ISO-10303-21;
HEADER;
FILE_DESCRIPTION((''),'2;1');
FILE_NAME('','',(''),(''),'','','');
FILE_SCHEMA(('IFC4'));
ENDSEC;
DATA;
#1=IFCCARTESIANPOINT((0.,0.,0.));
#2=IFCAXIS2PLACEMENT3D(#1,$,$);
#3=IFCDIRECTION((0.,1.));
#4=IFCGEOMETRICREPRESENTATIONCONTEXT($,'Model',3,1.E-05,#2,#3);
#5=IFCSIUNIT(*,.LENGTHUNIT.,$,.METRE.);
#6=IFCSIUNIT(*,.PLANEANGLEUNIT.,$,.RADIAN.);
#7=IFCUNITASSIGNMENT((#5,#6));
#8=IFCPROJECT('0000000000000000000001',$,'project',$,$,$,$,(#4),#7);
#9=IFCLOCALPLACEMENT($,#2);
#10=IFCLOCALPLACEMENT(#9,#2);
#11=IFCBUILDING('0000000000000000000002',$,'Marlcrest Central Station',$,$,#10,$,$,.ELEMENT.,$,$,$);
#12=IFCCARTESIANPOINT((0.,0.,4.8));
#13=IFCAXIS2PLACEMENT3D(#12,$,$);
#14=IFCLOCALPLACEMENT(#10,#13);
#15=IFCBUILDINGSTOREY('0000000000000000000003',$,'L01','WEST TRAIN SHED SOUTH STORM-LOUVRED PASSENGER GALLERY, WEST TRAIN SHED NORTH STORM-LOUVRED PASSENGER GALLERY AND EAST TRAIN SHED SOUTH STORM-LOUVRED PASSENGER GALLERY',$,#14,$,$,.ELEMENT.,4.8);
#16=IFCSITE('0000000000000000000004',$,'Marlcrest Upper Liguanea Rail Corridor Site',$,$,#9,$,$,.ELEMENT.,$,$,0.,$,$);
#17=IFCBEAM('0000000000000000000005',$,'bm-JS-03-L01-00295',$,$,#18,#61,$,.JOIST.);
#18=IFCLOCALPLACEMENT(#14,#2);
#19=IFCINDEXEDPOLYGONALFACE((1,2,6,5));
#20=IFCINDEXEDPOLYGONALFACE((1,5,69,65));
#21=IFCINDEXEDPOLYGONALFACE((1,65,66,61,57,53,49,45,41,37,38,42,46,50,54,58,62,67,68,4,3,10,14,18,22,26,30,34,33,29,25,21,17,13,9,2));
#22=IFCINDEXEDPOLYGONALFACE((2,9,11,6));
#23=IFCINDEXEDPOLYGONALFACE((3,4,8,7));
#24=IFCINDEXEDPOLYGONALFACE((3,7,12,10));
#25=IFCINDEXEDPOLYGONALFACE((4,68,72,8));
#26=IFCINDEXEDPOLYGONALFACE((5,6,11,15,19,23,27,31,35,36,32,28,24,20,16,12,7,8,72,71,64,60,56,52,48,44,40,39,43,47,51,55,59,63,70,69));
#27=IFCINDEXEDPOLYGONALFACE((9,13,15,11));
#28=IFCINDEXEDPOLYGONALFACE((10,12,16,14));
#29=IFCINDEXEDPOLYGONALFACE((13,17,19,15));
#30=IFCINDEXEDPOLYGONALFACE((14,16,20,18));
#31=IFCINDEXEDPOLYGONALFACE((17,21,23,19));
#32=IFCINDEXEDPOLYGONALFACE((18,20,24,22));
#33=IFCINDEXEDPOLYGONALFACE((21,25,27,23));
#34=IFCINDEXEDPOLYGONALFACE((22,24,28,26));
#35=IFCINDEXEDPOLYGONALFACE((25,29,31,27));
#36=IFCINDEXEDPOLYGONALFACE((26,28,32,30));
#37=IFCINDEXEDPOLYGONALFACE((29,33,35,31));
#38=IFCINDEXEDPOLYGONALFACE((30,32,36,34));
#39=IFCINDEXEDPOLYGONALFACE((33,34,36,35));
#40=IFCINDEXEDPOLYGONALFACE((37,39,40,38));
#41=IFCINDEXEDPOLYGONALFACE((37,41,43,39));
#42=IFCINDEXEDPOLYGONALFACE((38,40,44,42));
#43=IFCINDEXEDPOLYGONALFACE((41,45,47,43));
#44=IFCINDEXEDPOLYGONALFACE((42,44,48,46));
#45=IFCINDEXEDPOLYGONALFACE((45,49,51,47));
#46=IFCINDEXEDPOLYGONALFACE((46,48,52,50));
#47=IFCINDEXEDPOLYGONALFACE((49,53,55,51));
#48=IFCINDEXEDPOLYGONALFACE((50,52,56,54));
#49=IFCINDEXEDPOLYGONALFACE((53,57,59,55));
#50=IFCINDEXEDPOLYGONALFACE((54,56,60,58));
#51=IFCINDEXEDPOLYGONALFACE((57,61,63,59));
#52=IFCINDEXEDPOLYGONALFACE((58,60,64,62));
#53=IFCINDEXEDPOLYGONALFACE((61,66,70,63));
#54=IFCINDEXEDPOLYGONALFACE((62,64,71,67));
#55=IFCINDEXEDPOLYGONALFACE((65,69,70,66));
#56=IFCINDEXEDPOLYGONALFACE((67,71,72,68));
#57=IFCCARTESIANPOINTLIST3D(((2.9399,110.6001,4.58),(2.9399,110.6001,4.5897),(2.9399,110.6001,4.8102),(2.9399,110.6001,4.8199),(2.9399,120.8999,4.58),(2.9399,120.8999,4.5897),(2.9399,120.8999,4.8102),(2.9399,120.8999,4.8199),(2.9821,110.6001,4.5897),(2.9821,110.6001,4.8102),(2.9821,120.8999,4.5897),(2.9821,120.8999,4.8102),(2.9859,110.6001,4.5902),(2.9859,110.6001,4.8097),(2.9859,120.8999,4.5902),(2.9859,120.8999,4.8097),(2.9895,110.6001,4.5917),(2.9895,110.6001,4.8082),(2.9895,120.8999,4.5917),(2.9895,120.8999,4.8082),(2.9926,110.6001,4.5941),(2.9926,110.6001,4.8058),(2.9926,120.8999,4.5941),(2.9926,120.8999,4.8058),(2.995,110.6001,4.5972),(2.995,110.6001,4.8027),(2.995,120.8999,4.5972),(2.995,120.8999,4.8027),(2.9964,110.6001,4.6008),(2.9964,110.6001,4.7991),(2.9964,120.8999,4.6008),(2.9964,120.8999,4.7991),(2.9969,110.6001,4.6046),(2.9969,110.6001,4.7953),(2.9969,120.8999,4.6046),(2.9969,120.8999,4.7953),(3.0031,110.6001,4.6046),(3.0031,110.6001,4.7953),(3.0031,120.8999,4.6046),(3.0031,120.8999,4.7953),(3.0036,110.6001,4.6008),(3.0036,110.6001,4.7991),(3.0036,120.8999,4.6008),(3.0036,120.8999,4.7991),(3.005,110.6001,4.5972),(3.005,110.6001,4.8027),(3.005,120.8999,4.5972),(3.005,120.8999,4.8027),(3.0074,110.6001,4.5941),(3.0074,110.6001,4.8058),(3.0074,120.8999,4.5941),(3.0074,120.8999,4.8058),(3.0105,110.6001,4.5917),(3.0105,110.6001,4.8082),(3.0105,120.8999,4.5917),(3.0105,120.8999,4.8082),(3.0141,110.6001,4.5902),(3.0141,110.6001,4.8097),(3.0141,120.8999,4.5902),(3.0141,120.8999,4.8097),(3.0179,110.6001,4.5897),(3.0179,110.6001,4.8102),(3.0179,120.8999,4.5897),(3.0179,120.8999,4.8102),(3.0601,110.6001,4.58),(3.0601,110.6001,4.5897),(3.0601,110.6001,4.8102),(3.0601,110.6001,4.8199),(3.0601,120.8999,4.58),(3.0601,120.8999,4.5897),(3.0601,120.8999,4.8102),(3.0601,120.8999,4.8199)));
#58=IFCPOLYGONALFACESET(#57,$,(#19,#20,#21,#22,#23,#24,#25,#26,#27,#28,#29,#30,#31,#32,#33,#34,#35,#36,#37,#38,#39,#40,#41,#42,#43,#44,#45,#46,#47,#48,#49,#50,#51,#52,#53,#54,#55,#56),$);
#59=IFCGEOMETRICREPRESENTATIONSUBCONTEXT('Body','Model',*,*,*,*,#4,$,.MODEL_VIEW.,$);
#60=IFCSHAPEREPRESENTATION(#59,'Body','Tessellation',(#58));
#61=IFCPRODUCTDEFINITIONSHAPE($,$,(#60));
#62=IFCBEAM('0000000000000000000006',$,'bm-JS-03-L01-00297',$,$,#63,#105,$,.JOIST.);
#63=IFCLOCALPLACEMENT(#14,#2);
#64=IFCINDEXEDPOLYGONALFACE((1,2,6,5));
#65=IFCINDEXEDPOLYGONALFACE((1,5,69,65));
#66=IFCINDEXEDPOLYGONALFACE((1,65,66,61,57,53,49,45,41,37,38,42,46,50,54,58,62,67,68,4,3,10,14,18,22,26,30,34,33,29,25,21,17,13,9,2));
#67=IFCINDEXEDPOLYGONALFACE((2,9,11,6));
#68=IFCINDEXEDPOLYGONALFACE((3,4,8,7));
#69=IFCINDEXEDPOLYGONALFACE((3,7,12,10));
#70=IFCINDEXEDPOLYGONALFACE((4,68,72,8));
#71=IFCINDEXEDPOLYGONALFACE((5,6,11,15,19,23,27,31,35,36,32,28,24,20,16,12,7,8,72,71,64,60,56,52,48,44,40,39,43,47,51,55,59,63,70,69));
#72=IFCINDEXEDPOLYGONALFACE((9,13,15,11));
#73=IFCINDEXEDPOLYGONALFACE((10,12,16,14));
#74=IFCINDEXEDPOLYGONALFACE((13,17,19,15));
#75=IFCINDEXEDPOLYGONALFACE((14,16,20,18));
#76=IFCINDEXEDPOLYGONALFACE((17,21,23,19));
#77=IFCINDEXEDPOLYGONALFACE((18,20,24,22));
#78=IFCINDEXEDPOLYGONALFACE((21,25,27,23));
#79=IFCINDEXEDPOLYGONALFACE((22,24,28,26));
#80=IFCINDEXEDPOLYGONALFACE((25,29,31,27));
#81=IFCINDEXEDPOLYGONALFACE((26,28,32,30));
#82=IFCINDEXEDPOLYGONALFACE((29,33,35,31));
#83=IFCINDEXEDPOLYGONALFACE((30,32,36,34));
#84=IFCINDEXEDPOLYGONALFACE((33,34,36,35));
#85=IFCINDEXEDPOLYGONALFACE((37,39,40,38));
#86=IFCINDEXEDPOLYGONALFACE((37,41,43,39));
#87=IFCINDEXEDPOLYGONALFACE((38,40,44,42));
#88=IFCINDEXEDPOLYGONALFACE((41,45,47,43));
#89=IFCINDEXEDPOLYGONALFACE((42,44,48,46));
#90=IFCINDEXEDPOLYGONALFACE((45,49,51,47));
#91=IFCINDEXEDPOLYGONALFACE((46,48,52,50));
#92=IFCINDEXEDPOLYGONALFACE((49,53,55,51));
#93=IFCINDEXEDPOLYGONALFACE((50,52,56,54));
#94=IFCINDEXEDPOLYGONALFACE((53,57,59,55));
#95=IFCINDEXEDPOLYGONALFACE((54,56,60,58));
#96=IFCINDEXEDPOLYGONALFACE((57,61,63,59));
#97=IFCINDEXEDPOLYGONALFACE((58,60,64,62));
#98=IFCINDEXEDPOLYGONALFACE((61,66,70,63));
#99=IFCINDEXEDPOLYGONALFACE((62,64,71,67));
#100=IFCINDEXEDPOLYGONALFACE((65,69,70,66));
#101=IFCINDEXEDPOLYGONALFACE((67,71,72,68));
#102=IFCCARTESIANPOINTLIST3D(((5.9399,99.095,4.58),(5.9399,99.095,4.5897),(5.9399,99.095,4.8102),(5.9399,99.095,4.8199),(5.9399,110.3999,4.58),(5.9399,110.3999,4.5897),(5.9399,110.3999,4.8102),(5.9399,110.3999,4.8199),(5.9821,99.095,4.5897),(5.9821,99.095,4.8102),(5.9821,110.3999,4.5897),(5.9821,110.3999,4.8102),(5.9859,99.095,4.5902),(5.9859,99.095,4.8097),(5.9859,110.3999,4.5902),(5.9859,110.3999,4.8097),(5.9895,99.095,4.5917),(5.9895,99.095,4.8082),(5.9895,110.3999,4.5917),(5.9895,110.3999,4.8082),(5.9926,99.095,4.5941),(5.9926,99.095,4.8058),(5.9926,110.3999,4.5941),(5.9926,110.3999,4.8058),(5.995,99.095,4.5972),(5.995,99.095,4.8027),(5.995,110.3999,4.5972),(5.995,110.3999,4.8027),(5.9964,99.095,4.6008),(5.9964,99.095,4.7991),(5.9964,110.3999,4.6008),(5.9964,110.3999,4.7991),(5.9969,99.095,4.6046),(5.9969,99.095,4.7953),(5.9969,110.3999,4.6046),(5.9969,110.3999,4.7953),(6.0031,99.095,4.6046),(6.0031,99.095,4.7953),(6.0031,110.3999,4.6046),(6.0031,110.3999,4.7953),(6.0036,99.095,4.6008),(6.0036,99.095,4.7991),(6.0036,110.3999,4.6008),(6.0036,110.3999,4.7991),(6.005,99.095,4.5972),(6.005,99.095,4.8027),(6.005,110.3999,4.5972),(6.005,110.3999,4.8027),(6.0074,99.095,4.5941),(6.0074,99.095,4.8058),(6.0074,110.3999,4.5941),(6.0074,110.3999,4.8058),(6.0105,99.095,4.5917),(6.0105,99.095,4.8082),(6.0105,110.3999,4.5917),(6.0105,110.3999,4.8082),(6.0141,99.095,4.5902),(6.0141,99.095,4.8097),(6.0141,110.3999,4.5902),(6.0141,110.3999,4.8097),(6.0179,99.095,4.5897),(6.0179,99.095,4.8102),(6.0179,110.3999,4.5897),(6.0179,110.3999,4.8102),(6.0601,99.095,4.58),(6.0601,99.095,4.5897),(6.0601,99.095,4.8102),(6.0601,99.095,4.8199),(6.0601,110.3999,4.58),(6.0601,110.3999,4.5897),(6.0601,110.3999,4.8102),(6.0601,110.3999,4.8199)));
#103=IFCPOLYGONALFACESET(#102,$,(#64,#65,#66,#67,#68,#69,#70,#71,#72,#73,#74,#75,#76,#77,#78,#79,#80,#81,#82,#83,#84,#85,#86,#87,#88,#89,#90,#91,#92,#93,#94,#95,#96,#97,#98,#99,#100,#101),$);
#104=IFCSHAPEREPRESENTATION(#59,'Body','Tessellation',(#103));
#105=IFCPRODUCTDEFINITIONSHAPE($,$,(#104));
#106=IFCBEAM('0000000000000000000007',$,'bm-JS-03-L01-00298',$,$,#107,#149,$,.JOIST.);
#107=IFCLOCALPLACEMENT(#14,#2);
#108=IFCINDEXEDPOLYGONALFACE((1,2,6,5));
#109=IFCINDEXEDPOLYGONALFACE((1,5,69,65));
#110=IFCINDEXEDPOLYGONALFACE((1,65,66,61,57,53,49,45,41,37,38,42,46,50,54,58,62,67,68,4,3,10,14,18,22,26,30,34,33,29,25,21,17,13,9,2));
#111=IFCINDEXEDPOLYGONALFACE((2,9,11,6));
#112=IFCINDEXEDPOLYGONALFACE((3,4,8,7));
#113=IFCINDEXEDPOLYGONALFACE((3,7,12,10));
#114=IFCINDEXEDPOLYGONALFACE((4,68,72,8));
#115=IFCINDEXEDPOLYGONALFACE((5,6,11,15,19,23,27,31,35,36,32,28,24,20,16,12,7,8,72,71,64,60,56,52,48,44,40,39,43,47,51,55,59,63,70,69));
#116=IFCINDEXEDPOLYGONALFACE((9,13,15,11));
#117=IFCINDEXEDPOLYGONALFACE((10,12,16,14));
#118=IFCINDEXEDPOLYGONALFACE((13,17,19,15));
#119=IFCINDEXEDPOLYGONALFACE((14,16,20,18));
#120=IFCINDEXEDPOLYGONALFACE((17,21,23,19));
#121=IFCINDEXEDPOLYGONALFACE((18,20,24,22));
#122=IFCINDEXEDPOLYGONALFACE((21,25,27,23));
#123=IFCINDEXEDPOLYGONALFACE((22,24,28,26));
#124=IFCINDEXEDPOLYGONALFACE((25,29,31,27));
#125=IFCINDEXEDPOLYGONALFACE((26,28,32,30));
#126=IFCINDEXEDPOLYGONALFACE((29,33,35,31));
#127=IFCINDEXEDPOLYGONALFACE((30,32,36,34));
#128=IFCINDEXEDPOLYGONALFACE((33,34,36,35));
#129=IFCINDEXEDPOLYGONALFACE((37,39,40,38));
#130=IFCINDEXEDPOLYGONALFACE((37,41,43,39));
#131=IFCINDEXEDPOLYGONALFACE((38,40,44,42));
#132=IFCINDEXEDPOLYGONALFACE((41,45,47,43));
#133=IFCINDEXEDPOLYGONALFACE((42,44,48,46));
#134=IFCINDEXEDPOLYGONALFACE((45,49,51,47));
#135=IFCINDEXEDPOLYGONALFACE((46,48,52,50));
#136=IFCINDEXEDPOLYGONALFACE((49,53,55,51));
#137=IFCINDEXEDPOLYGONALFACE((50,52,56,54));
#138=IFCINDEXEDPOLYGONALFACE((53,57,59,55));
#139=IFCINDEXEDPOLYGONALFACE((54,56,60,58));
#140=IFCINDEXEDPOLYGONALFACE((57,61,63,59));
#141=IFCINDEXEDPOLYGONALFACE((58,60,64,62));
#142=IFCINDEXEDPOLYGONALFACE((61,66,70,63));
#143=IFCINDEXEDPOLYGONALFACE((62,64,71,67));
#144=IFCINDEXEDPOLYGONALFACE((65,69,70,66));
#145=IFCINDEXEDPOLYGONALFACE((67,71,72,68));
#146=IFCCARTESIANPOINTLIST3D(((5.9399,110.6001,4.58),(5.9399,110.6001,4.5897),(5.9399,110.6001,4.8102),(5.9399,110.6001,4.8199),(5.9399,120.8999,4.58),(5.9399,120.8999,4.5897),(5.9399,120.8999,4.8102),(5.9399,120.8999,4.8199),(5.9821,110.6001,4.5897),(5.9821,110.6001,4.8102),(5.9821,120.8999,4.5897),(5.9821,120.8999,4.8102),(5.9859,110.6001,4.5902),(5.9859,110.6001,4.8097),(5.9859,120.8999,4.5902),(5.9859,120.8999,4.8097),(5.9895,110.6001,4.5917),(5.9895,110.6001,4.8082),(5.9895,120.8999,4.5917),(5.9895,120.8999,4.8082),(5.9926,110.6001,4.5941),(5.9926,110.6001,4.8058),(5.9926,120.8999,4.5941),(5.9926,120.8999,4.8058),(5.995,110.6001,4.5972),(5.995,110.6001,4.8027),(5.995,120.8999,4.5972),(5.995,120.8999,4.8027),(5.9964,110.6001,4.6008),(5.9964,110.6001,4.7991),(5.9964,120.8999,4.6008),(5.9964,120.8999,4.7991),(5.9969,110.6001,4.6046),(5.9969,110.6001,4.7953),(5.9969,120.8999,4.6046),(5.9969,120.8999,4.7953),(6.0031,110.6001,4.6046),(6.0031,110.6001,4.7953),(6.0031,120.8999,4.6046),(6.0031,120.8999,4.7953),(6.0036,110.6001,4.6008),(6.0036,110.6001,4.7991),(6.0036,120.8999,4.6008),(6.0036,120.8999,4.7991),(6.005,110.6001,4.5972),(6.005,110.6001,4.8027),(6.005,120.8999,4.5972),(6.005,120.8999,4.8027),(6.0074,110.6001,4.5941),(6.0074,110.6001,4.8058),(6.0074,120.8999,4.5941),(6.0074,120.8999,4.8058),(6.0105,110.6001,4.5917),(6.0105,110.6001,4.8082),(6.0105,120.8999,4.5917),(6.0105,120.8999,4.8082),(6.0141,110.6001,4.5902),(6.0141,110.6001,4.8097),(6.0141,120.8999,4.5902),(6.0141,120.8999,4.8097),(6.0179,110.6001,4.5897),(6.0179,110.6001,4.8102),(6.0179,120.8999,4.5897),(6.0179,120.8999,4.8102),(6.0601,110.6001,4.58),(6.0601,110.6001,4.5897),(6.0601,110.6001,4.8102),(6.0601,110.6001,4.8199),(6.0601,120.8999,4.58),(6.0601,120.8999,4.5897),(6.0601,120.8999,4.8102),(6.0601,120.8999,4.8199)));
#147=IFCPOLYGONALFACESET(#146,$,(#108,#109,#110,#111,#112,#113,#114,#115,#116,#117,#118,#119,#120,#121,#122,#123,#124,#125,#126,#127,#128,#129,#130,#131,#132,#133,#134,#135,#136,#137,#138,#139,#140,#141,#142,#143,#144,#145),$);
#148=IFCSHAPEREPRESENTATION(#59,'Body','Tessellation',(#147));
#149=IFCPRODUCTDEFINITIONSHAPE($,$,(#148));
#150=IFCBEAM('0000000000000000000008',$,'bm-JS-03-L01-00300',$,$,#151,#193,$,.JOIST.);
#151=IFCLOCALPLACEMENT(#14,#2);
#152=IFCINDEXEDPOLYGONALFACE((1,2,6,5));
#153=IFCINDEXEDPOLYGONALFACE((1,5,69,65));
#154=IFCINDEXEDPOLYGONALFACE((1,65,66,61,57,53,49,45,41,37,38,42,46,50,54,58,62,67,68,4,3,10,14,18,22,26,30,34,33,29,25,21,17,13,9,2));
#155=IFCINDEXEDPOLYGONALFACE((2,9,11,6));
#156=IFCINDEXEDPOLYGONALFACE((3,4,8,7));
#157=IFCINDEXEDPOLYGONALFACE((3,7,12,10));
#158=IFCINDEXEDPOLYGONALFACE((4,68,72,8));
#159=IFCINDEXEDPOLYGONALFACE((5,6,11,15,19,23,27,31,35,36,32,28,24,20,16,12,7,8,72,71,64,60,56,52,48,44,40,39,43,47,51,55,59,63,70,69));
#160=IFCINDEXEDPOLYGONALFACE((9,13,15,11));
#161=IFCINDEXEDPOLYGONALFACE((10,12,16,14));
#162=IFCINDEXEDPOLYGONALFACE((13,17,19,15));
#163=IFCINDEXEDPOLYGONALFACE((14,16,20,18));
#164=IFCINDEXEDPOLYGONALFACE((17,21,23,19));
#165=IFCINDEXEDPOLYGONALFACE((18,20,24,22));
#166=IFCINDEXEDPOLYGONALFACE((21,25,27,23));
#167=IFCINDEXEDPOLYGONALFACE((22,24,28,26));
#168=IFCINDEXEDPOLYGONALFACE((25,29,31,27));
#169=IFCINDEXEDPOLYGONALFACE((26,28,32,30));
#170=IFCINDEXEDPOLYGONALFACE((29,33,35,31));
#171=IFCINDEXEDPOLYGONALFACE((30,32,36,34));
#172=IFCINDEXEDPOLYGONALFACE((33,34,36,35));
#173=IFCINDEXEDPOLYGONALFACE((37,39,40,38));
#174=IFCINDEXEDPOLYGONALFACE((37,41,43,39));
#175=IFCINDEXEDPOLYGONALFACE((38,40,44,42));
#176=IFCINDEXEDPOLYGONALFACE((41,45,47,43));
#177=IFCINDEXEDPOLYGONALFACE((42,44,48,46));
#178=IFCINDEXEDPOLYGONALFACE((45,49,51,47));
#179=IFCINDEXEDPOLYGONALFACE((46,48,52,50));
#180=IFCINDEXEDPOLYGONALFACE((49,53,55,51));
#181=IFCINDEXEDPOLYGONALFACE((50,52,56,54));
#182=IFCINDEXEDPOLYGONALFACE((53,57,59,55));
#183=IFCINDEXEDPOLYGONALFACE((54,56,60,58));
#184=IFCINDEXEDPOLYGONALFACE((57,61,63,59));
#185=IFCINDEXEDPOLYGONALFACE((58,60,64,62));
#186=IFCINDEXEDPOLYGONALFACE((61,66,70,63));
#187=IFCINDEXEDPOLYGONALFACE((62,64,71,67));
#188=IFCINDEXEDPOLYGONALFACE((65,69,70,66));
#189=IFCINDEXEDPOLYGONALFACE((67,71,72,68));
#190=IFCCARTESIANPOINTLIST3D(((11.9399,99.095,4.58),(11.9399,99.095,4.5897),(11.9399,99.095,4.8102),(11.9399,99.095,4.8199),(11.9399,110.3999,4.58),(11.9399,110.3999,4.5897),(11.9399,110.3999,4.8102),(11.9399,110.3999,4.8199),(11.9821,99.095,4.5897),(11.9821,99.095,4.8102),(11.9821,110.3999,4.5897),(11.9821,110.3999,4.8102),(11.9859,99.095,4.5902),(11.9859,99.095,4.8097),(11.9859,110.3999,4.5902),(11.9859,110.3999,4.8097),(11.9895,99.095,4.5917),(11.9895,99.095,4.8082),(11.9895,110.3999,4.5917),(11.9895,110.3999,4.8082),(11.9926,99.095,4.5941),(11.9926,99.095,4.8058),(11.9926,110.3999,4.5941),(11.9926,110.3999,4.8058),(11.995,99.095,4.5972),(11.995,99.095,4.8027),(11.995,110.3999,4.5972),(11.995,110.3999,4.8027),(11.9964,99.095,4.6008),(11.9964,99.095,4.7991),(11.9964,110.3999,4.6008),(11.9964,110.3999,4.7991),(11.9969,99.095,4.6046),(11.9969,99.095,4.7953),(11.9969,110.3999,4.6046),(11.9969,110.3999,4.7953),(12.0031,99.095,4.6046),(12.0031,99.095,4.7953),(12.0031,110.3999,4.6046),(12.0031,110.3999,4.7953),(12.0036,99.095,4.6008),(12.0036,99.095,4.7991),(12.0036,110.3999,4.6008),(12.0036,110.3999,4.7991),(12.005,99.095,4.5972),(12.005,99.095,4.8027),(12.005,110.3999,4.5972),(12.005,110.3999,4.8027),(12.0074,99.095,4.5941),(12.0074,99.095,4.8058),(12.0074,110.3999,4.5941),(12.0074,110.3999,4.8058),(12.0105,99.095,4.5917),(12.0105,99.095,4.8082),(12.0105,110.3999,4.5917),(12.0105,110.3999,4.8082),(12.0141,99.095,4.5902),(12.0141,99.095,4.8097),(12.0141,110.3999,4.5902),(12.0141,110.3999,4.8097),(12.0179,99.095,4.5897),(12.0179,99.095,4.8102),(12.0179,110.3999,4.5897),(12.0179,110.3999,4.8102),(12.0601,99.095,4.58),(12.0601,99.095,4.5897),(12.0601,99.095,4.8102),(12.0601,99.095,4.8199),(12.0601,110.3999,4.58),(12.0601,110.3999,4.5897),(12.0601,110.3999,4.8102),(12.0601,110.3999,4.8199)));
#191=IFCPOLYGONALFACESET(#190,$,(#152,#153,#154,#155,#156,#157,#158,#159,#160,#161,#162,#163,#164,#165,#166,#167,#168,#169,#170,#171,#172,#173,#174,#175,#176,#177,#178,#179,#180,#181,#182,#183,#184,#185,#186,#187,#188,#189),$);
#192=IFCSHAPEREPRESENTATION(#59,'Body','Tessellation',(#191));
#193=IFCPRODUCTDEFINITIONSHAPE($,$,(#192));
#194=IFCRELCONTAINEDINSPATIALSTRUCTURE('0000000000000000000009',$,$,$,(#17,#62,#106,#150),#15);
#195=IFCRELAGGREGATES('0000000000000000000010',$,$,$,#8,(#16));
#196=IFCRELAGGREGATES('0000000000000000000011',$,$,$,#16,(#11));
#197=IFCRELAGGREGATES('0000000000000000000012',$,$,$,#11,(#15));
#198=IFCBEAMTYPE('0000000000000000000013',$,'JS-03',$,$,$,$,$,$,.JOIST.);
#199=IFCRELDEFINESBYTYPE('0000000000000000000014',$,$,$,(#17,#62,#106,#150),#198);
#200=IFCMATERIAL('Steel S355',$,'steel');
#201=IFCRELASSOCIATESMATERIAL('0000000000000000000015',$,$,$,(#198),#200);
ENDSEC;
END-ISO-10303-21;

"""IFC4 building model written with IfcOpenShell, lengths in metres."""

from ifc_helpers import new_model, si_unit, direction, frame, origin, origin_2d, place, context, subcontext, project, spatial, i_section, extrude, material, material_profile, profile_set, type_object, element, save


model = new_model("IFC4")

# Units and contexts
model_context = context("Model", 3, precision=1e-05, world=origin(), true_north=direction((0.0, 1.0)))
body_context = subcontext(model_context, "Body", "Model", "MODEL_VIEW")
ifc_project = project(units=[si_unit("LENGTHUNIT", "METRE"), si_unit("PLANEANGLEUNIT", "RADIAN")], contexts=[model_context])

# Site, building, storey
site_placement = place(None, origin())
site = spatial("IfcSite", under=ifc_project, at=site_placement, Name="Marlcrest Upper Liguanea Rail Corridor Site", CompositionType="ELEMENT", RefElevation=0.0)
building_placement = place(site_placement, origin())
building = spatial("IfcBuilding", under=site, at=building_placement, Name="Marlcrest Central Station", CompositionType="ELEMENT")
storey_placement = place(building_placement, frame((0.0, 0.0, 4.8)))
storey = spatial("IfcBuildingStorey", under=building, at=storey_placement, Name="L01", Description="WEST TRAIN SHED SOUTH STORM-LOUVRED PASSENGER GALLERY, WEST TRAIN SHED NORTH STORM-LOUVRED PASSENGER GALLERY AND EAST TRAIN SHED SOUTH STORM-LOUVRED PASSENGER GALLERY", CompositionType="ELEMENT", Elevation=4.8)

# Shared definitions
ifc_material_1 = material(Name="Steel S355", Category="steel")

# Beams
ifc_material_profile_1 = material_profile(ifc_material_1, i_section(OverallWidth=0.1201, OverallDepth=0.24, WebThickness=0.0061, FlangeThickness=0.0098, FilletRadius=0.0149, at=origin_2d()), Name="IPE 240")
ifc_profile_set_1 = profile_set([ifc_material_profile_1], Name="Steel S355")
beam_type_1 = type_object("IfcBeamType", Name="JS-03", PredefinedType="JOIST", material=ifc_profile_set_1)
beam_1_placement = place(storey_placement, frame((3.0, 110.6001, 4.7), z_axis=(0.0, 1.0, 0.0), x_axis=(-1.0, 0.0, 0.0)))
element("IfcBeam", 1, at=beam_1_placement, inside=storey, type_object=beam_type_1, Name="bm-JS-03-L01-00295", PredefinedType="JOIST", context=body_context, shape_type="SweptSolid", body=[
    extrude(i_section(OverallWidth=0.1201, OverallDepth=0.24, WebThickness=0.0061, FlangeThickness=0.0098, FilletRadius=0.0149, at=origin_2d()), origin(), (0.0, 0.0, 1.0), 10.2998),
])
beam_2_placement = place(storey_placement, frame((6.0, 99.095, 4.7), z_axis=(0.0, 1.0, 0.0), x_axis=(-1.0, 0.0, 0.0)))
element("IfcBeam", 2, at=beam_2_placement, inside=storey, type_object=beam_type_1, Name="bm-JS-03-L01-00297", PredefinedType="JOIST", context=body_context, shape_type="SweptSolid", body=[
    extrude(i_section(OverallWidth=0.1201, OverallDepth=0.24, WebThickness=0.0061, FlangeThickness=0.0098, FilletRadius=0.0149, at=origin_2d()), origin(), (0.0, 0.0, 1.0), 11.3049),
])
beam_3_placement = place(storey_placement, frame((6.0, 110.6001, 4.7), z_axis=(0.0, 1.0, 0.0), x_axis=(-1.0, 0.0, 0.0)))
element("IfcBeam", 3, at=beam_3_placement, inside=storey, type_object=beam_type_1, Name="bm-JS-03-L01-00298", PredefinedType="JOIST", context=body_context, shape_type="SweptSolid", body=[
    extrude(i_section(OverallWidth=0.1201, OverallDepth=0.24, WebThickness=0.0061, FlangeThickness=0.0098, FilletRadius=0.0149, at=origin_2d()), origin(), (0.0, 0.0, 1.0), 10.2998),
])
beam_4_placement = place(storey_placement, frame((12.0, 99.095, 4.7), z_axis=(0.0, 1.0, 0.0), x_axis=(-1.0, 0.0, 0.0)))
element("IfcBeam", 4, at=beam_4_placement, inside=storey, type_object=beam_type_1, Name="bm-JS-03-L01-00300", PredefinedType="JOIST", context=body_context, shape_type="SweptSolid", body=[
    extrude(i_section(OverallWidth=0.1201, OverallDepth=0.24, WebThickness=0.0061, FlangeThickness=0.0098, FilletRadius=0.0149, at=origin_2d()), origin(), (0.0, 0.0, 1.0), 11.3049),
])

save(model, "model.ifc")
